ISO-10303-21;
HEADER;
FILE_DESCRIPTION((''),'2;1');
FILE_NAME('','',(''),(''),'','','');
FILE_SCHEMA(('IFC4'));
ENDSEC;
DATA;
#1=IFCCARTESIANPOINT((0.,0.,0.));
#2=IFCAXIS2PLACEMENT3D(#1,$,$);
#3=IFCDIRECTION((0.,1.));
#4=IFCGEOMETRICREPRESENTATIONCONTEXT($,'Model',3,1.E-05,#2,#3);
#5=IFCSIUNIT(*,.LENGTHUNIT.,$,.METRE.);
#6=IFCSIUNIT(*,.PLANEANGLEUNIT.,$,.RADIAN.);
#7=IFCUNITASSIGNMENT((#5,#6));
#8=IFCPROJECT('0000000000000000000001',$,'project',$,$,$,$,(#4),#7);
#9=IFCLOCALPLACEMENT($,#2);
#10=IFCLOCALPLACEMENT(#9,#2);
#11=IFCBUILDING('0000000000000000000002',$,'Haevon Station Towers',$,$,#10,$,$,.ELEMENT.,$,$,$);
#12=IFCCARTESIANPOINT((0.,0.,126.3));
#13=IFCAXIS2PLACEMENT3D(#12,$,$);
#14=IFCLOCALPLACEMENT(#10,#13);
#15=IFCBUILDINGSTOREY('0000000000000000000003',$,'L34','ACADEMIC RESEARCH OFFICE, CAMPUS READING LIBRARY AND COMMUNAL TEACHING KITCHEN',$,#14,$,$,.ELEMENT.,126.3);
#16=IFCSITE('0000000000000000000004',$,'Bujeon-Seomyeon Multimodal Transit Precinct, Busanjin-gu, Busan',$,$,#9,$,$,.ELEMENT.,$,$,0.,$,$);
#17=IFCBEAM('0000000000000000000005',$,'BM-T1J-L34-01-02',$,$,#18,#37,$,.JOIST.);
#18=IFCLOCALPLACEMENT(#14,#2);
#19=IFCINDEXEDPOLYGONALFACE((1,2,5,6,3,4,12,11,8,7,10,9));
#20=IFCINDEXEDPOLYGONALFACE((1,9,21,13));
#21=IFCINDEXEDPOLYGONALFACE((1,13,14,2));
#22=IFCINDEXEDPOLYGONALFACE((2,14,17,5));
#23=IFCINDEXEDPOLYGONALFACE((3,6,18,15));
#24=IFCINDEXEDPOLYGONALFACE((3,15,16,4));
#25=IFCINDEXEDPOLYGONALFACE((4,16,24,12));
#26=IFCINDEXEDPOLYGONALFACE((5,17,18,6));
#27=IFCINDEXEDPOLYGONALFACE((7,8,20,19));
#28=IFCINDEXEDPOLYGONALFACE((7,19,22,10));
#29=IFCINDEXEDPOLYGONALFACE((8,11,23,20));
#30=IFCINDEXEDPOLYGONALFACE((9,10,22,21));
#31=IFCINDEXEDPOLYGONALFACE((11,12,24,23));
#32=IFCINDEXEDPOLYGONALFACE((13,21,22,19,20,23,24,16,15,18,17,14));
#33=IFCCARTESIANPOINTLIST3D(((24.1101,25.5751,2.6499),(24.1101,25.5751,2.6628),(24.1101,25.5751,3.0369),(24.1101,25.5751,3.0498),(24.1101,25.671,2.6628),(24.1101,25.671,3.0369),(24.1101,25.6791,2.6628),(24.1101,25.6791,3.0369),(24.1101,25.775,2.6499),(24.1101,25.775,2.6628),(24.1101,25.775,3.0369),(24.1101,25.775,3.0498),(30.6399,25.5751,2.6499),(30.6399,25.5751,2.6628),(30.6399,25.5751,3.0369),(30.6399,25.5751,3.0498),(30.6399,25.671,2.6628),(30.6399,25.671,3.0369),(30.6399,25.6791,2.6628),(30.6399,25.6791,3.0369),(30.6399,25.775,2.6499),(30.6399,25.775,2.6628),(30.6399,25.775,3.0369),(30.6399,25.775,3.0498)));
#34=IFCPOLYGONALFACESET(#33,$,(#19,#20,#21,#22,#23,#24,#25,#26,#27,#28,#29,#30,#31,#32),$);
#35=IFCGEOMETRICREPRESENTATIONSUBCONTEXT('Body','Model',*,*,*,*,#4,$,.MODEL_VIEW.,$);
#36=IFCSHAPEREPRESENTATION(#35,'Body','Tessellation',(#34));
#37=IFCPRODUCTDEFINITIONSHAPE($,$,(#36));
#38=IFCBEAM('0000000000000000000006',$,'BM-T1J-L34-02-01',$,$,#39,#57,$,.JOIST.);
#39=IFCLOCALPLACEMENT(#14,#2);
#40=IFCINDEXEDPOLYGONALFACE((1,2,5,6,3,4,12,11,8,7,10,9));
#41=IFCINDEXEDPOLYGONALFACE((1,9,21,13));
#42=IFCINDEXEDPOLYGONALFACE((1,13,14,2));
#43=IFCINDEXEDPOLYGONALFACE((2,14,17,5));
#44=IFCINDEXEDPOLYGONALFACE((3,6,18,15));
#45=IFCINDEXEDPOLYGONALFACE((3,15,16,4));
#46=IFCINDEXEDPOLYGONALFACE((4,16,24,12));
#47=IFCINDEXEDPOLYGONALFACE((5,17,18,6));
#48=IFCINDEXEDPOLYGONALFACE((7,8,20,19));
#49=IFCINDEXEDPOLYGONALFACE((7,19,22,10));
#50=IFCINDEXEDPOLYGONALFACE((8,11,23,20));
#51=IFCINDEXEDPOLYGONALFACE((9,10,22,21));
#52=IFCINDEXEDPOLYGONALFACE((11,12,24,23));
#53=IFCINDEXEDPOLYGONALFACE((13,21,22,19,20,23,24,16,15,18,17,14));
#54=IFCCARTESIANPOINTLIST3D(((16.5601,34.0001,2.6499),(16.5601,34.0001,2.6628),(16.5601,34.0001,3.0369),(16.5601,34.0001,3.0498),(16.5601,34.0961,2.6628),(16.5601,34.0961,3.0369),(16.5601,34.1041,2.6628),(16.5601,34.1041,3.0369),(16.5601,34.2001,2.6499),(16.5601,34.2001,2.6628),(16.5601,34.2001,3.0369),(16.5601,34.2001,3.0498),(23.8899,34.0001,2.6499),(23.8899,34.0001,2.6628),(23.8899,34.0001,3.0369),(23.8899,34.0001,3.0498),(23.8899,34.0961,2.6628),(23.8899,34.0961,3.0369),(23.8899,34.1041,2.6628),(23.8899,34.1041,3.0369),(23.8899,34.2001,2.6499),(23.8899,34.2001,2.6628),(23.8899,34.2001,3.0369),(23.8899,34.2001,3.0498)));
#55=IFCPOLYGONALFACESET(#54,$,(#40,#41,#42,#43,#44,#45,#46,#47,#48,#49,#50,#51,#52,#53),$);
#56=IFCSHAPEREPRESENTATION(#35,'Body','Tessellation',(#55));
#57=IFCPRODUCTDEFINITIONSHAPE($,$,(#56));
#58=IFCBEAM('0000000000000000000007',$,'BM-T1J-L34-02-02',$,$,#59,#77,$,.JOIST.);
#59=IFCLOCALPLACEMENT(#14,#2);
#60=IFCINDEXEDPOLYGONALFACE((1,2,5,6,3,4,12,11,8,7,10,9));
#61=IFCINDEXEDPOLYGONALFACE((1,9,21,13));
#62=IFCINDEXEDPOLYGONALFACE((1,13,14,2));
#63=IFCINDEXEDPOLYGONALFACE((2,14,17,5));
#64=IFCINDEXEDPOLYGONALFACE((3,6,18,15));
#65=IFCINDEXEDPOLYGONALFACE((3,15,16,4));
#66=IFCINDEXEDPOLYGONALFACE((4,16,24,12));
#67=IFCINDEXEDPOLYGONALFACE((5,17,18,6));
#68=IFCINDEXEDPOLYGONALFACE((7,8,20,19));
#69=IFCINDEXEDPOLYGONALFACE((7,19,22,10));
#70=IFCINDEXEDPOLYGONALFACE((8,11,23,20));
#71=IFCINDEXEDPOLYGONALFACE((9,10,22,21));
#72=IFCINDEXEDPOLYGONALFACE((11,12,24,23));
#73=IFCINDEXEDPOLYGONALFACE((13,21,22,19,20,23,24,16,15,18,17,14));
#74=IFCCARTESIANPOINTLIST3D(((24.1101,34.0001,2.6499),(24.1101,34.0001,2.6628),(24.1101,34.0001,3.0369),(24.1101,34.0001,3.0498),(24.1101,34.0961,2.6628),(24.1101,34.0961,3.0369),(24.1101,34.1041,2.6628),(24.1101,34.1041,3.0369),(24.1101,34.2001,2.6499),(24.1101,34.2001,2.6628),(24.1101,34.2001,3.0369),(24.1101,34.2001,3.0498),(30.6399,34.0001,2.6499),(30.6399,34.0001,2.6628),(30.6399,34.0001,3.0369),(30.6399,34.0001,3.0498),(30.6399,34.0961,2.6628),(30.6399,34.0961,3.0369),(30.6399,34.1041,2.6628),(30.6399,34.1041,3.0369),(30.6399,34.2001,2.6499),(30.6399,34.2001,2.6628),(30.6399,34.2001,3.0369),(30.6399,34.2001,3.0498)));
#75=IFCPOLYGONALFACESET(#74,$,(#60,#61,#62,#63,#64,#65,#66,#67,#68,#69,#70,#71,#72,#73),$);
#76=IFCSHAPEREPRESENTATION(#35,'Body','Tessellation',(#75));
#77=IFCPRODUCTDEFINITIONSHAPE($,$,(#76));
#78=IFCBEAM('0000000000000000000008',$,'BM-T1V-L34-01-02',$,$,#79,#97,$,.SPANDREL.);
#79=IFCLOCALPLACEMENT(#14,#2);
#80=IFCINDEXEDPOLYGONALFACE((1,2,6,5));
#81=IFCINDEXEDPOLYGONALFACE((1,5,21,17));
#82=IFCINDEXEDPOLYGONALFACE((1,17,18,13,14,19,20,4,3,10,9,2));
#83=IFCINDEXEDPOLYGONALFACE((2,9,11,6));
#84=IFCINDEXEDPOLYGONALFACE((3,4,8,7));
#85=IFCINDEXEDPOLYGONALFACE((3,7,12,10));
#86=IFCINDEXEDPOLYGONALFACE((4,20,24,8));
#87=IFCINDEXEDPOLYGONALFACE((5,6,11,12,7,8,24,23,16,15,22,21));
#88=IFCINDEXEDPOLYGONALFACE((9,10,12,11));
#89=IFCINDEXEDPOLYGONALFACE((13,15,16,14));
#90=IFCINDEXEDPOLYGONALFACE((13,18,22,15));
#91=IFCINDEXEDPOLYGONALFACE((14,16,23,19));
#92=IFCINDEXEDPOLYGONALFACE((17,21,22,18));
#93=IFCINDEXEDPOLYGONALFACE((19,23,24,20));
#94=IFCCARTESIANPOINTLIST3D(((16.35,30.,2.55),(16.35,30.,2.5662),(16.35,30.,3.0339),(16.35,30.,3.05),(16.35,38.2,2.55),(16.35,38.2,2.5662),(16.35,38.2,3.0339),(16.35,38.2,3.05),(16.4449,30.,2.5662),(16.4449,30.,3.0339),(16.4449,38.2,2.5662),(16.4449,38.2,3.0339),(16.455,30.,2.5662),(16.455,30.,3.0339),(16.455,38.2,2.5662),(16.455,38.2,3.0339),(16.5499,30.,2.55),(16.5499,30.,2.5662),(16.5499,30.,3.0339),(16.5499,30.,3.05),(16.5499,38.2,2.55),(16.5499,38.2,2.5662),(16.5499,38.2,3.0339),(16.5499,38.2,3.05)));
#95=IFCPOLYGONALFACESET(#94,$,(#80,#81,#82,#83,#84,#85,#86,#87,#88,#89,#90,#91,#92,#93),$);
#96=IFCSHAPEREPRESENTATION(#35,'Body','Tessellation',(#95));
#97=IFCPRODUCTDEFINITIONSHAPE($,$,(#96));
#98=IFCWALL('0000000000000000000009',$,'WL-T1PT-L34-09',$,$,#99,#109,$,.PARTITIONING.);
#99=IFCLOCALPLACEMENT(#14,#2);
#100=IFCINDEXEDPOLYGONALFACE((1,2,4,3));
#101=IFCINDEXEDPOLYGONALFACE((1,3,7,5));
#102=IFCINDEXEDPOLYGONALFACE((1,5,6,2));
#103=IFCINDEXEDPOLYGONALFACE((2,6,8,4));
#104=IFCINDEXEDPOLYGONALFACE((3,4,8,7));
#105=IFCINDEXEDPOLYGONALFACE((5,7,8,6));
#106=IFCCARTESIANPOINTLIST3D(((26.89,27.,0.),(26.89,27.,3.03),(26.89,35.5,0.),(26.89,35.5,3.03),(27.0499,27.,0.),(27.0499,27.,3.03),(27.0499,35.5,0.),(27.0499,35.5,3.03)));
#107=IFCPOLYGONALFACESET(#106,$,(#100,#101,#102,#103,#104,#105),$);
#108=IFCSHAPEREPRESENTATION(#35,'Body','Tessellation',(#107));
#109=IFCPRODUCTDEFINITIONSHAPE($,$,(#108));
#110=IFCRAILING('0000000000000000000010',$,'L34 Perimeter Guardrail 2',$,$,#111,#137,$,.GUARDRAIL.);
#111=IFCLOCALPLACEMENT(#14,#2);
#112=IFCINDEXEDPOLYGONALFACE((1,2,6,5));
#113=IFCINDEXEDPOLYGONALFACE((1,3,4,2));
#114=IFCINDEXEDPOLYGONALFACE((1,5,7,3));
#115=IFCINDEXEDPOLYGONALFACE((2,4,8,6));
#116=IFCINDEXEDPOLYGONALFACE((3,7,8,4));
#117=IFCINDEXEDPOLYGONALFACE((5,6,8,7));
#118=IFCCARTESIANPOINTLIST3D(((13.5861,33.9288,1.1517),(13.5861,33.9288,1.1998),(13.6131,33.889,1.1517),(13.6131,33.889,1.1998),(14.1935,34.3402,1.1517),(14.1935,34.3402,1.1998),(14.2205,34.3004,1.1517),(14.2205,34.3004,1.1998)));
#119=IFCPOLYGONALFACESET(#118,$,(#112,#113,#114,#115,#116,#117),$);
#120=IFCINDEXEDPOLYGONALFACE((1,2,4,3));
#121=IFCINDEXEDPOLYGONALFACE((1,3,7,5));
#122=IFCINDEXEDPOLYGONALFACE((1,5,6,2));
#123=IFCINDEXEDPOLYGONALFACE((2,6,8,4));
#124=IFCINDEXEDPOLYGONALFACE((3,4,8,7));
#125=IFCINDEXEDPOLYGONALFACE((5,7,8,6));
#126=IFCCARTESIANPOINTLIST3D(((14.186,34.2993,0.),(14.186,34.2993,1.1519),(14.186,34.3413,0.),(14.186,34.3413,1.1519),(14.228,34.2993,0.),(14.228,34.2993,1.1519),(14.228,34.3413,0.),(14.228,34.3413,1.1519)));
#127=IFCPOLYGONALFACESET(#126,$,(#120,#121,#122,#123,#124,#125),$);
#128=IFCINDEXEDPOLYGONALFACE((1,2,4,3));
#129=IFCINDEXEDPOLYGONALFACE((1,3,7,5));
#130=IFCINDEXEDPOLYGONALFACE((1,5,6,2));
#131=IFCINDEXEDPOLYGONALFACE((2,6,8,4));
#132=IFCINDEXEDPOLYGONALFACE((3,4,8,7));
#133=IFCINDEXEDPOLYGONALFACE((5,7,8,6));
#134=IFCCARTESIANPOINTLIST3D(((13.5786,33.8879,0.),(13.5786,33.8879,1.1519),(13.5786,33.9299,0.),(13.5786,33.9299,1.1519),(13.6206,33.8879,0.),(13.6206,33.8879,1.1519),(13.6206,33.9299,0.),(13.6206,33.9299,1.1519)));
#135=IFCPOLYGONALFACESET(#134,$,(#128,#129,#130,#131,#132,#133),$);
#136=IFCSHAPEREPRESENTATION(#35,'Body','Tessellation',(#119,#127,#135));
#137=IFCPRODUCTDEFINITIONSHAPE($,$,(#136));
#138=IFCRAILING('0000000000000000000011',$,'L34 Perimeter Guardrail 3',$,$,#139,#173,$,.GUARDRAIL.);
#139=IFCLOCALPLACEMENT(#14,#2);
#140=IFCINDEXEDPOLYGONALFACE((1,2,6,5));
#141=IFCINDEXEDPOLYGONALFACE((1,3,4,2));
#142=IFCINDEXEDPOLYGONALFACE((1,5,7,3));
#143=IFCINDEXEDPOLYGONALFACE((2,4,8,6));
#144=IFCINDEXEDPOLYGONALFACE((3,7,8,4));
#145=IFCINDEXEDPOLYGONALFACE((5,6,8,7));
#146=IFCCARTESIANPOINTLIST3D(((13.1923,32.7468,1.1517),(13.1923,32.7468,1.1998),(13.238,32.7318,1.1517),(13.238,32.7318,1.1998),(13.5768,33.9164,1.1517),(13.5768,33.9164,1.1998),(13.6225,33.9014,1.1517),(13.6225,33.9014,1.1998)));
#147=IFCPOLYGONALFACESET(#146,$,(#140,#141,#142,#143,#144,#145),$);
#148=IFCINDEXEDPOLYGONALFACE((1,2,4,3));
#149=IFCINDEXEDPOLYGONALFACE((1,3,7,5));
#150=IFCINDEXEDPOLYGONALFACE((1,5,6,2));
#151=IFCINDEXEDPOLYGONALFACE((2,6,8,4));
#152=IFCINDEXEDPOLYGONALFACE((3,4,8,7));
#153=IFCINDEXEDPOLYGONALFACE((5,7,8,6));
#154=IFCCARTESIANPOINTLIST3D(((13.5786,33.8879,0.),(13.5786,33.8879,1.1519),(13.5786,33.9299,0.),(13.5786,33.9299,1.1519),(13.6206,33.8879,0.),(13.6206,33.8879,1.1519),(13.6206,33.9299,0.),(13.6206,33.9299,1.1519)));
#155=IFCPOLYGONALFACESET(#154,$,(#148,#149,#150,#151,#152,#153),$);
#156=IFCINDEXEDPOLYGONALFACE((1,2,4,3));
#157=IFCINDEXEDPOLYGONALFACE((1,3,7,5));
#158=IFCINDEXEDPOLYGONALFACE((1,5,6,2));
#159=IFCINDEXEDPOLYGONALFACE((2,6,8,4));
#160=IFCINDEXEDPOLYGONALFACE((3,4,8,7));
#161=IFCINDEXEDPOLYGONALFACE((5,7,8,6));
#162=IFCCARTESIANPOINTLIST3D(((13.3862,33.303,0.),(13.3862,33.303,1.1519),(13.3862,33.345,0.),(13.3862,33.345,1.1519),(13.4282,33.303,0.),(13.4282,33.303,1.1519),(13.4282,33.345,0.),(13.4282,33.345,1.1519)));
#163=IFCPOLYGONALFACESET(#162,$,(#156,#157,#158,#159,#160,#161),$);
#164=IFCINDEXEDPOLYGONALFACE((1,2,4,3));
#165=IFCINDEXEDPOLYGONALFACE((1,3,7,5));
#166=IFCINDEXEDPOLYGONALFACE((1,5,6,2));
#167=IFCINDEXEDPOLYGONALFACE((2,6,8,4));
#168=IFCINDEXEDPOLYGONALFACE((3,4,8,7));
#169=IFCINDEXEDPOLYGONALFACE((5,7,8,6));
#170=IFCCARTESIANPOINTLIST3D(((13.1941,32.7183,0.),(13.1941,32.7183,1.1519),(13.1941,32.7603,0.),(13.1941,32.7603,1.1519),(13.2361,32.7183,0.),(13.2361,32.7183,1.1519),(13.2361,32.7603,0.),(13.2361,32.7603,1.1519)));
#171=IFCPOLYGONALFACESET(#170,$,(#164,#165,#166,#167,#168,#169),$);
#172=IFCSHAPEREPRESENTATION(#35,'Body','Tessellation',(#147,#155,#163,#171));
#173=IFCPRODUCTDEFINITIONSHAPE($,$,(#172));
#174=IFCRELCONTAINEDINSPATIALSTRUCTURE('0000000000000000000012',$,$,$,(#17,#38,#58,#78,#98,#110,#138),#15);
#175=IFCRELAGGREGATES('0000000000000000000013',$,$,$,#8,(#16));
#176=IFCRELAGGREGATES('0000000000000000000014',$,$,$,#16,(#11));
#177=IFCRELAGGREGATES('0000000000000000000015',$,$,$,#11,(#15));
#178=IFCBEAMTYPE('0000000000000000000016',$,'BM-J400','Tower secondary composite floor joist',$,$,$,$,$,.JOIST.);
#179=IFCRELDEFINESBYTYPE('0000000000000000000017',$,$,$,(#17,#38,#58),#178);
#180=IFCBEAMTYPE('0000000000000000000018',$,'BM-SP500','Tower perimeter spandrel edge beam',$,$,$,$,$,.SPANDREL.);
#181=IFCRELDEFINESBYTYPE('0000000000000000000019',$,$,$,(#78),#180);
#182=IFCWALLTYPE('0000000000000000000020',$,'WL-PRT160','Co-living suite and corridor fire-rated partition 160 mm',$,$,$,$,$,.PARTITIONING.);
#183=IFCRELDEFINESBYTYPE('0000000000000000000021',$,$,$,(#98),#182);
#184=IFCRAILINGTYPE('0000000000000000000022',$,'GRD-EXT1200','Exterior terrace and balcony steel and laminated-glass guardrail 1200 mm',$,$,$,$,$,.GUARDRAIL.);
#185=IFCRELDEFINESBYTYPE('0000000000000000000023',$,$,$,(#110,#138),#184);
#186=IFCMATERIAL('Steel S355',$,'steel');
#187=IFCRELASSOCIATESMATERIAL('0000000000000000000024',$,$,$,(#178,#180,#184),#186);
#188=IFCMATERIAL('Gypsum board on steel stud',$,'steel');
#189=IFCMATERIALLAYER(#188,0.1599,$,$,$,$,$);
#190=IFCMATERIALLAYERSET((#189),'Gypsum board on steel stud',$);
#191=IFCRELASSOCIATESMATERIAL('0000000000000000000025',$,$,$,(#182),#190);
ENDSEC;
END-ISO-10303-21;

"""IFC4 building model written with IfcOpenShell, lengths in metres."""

from ifc_helpers import new_model, si_unit, direction, frame, frame_2d, origin, origin_2d, place, context, subcontext, project, spatial, rectangle, i_section, extrude, material, layer, layer_set, material_profile, profile_set, type_object, element, save


model = new_model("IFC4")

# Units and contexts
model_context = context("Model", 3, precision=1e-05, world=origin(), true_north=direction((0.0, 1.0)))
body_context = subcontext(model_context, "Body", "Model", "MODEL_VIEW")
ifc_project = project(units=[si_unit("LENGTHUNIT", "METRE"), si_unit("PLANEANGLEUNIT", "RADIAN")], contexts=[model_context])

# Site, building, storey
site_placement = place(None, origin())
site = spatial("IfcSite", under=ifc_project, at=site_placement, Name="Bujeon-Seomyeon Multimodal Transit Precinct, Busanjin-gu, Busan", CompositionType="ELEMENT", RefElevation=0.0)
building_placement = place(site_placement, origin())
building = spatial("IfcBuilding", under=site, at=building_placement, Name="Haevon Station Towers", CompositionType="ELEMENT")
storey_placement = place(building_placement, frame((0.0, 0.0, 126.3)))
storey = spatial("IfcBuildingStorey", under=building, at=storey_placement, Name="L34", Description="ACADEMIC RESEARCH OFFICE, CAMPUS READING LIBRARY AND COMMUNAL TEACHING KITCHEN", CompositionType="ELEMENT", Elevation=126.3)

# Beams
ifc_material_1 = material(Name="Steel S355", Category="steel")
ifc_material_profile_1 = material_profile(ifc_material_1, i_section(OverallWidth=0.2, OverallDepth=0.3999, WebThickness=0.0081, FlangeThickness=0.0129, at=origin_2d()), Name="H-400x200x8x13")
ifc_profile_set_1 = profile_set([ifc_material_profile_1], Name="Steel S355")
beam_type_1 = type_object("IfcBeamType", Name="BM-J400", Description="Tower secondary composite floor joist", PredefinedType="JOIST", material=ifc_profile_set_1)
beam_1_placement = place(storey_placement, frame((24.1101, 25.675, 2.8499), z_axis=(1.0, 0.0, 0.0), x_axis=(0.0, 1.0, 0.0)))
element("IfcBeam", 1, at=beam_1_placement, inside=storey, type_object=beam_type_1, Name="BM-T1J-L34-01-02", PredefinedType="JOIST", context=body_context, shape_type="SweptSolid", body=[
    extrude(i_section(OverallWidth=0.2, OverallDepth=0.3999, WebThickness=0.0081, FlangeThickness=0.0129, at=origin_2d()), origin(), (0.0, 0.0, 1.0), 6.5298),
])
beam_2_placement = place(storey_placement, frame((16.5601, 34.1001, 2.8499), z_axis=(1.0, 0.0, 0.0), x_axis=(0.0, 1.0, 0.0)))
element("IfcBeam", 2, at=beam_2_placement, inside=storey, type_object=beam_type_1, Name="BM-T1J-L34-02-01", PredefinedType="JOIST", context=body_context, shape_type="SweptSolid", body=[
    extrude(i_section(OverallWidth=0.2, OverallDepth=0.3999, WebThickness=0.0081, FlangeThickness=0.0129, at=origin_2d()), origin(), (0.0, 0.0, 1.0), 7.3298),
])
beam_3_placement = place(storey_placement, frame((24.1101, 34.1001, 2.8499), z_axis=(1.0, 0.0, 0.0), x_axis=(0.0, 1.0, 0.0)))
element("IfcBeam", 3, at=beam_3_placement, inside=storey, type_object=beam_type_1, Name="BM-T1J-L34-02-02", PredefinedType="JOIST", context=body_context, shape_type="SweptSolid", body=[
    extrude(i_section(OverallWidth=0.2, OverallDepth=0.3999, WebThickness=0.0081, FlangeThickness=0.0129, at=origin_2d()), origin(), (0.0, 0.0, 1.0), 6.5298),
])
ifc_material_profile_2 = material_profile(ifc_material_1, i_section(OverallWidth=0.2, OverallDepth=0.5, WebThickness=0.01, FlangeThickness=0.0161, at=origin_2d()), Name="H-500x200x10x16")
ifc_profile_set_2 = profile_set([ifc_material_profile_2], Name="Steel S355")
beam_type_2 = type_object("IfcBeamType", Name="BM-SP500", Description="Tower perimeter spandrel edge beam", PredefinedType="SPANDREL", material=ifc_profile_set_2)
beam_4_placement = place(storey_placement, frame((16.45, 30.0, 2.8), z_axis=(0.0, 1.0, 0.0), x_axis=(-1.0, 0.0, 0.0)))
element("IfcBeam", 4, at=beam_4_placement, inside=storey, type_object=beam_type_2, Name="BM-T1V-L34-01-02", PredefinedType="SPANDREL", context=body_context, shape_type="SweptSolid", body=[
    extrude(i_section(OverallWidth=0.2, OverallDepth=0.5, WebThickness=0.01, FlangeThickness=0.0161, at=origin_2d()), origin(), (0.0, 0.0, 1.0), 8.2),
])

# Wall
ifc_material_2 = material(Name="Gypsum board on steel stud", Category="steel")
ifc_layer_1 = layer(ifc_material_2, 0.1599)
ifc_layer_set_1 = layer_set([ifc_layer_1], Name="Gypsum board on steel stud")
wall_type = type_object("IfcWallType", Name="WL-PRT160", Description="Co-living suite and corridor fire-rated partition 160 mm", PredefinedType="PARTITIONING", material=ifc_layer_set_1)
wall_placement = place(storey_placement, frame((26.97, 27.0, 0.0), z_axis=(0.0, 0.0, 1.0), x_axis=(0.0, 1.0, 0.0)))
element("IfcWall", 5, at=wall_placement, inside=storey, type_object=wall_type, Name="WL-T1PT-L34-09", PredefinedType="PARTITIONING", context=body_context, shape_type="SweptSolid", body=[
    extrude(rectangle(XDim=8.5, YDim=0.1599, at=frame_2d((4.25, 0.0))), origin(), (0.0, 0.0, 1.0), 3.03),
])

# Railings
railing_type = type_object("IfcRailingType", Name="GRD-EXT1200", Description="Exterior terrace and balcony steel and laminated-glass guardrail 1200 mm", PredefinedType="GUARDRAIL", material=ifc_material_1)
railing_1_placement = place(storey_placement, frame((14.207, 34.3203, 0.0)))
element("IfcRailing", 6, at=railing_1_placement, inside=storey, type_object=railing_type, Name="L34 Perimeter Guardrail 2", PredefinedType="GUARDRAIL", context=body_context, shape_type="SweptSolid", body=[
    extrude(rectangle(XDim=0.0481, YDim=0.0481, at=origin_2d()), frame((0.0, 0.0, 1.1758), z_axis=(-0.827983, -0.560752, 0.0), x_axis=(0.560752, -0.827983, 0.0)), (0.0, 0.0, 1.0), 0.7336),
    extrude(rectangle(XDim=0.042, YDim=0.042, at=origin_2d()), origin(), (0.0, 0.0, 1.0), 1.1519),
    extrude(rectangle(XDim=0.042, YDim=0.042, at=origin_2d()), frame((-0.6074, -0.4114, 0.0)), (0.0, 0.0, 1.0), 1.1519),
])
railing_2_placement = place(storey_placement, frame((13.5996, 33.9089, 0.0)))
element("IfcRailing", 7, at=railing_2_placement, inside=storey, type_object=railing_type, Name="L34 Perimeter Guardrail 3", PredefinedType="GUARDRAIL", context=body_context, shape_type="SweptSolid", body=[
    extrude(rectangle(XDim=0.0481, YDim=0.0481, at=origin_2d()), frame((0.0, 0.0, 1.1758), z_axis=(-0.312299, -0.949984, 0.0), x_axis=(0.949984, -0.312299, 0.0)), (0.0, 0.0, 1.0), 1.2312),
    extrude(rectangle(XDim=0.042, YDim=0.042, at=origin_2d()), origin(), (0.0, 0.0, 1.0), 1.1519),
    extrude(rectangle(XDim=0.042, YDim=0.042, at=origin_2d()), frame((-0.1924, -0.585, 0.0)), (0.0, 0.0, 1.0), 1.1519),
    extrude(rectangle(XDim=0.042, YDim=0.042, at=origin_2d()), frame((-0.3845, -1.1697, 0.0)), (0.0, 0.0, 1.0), 1.1519),
])

save(model, "model.ifc")
